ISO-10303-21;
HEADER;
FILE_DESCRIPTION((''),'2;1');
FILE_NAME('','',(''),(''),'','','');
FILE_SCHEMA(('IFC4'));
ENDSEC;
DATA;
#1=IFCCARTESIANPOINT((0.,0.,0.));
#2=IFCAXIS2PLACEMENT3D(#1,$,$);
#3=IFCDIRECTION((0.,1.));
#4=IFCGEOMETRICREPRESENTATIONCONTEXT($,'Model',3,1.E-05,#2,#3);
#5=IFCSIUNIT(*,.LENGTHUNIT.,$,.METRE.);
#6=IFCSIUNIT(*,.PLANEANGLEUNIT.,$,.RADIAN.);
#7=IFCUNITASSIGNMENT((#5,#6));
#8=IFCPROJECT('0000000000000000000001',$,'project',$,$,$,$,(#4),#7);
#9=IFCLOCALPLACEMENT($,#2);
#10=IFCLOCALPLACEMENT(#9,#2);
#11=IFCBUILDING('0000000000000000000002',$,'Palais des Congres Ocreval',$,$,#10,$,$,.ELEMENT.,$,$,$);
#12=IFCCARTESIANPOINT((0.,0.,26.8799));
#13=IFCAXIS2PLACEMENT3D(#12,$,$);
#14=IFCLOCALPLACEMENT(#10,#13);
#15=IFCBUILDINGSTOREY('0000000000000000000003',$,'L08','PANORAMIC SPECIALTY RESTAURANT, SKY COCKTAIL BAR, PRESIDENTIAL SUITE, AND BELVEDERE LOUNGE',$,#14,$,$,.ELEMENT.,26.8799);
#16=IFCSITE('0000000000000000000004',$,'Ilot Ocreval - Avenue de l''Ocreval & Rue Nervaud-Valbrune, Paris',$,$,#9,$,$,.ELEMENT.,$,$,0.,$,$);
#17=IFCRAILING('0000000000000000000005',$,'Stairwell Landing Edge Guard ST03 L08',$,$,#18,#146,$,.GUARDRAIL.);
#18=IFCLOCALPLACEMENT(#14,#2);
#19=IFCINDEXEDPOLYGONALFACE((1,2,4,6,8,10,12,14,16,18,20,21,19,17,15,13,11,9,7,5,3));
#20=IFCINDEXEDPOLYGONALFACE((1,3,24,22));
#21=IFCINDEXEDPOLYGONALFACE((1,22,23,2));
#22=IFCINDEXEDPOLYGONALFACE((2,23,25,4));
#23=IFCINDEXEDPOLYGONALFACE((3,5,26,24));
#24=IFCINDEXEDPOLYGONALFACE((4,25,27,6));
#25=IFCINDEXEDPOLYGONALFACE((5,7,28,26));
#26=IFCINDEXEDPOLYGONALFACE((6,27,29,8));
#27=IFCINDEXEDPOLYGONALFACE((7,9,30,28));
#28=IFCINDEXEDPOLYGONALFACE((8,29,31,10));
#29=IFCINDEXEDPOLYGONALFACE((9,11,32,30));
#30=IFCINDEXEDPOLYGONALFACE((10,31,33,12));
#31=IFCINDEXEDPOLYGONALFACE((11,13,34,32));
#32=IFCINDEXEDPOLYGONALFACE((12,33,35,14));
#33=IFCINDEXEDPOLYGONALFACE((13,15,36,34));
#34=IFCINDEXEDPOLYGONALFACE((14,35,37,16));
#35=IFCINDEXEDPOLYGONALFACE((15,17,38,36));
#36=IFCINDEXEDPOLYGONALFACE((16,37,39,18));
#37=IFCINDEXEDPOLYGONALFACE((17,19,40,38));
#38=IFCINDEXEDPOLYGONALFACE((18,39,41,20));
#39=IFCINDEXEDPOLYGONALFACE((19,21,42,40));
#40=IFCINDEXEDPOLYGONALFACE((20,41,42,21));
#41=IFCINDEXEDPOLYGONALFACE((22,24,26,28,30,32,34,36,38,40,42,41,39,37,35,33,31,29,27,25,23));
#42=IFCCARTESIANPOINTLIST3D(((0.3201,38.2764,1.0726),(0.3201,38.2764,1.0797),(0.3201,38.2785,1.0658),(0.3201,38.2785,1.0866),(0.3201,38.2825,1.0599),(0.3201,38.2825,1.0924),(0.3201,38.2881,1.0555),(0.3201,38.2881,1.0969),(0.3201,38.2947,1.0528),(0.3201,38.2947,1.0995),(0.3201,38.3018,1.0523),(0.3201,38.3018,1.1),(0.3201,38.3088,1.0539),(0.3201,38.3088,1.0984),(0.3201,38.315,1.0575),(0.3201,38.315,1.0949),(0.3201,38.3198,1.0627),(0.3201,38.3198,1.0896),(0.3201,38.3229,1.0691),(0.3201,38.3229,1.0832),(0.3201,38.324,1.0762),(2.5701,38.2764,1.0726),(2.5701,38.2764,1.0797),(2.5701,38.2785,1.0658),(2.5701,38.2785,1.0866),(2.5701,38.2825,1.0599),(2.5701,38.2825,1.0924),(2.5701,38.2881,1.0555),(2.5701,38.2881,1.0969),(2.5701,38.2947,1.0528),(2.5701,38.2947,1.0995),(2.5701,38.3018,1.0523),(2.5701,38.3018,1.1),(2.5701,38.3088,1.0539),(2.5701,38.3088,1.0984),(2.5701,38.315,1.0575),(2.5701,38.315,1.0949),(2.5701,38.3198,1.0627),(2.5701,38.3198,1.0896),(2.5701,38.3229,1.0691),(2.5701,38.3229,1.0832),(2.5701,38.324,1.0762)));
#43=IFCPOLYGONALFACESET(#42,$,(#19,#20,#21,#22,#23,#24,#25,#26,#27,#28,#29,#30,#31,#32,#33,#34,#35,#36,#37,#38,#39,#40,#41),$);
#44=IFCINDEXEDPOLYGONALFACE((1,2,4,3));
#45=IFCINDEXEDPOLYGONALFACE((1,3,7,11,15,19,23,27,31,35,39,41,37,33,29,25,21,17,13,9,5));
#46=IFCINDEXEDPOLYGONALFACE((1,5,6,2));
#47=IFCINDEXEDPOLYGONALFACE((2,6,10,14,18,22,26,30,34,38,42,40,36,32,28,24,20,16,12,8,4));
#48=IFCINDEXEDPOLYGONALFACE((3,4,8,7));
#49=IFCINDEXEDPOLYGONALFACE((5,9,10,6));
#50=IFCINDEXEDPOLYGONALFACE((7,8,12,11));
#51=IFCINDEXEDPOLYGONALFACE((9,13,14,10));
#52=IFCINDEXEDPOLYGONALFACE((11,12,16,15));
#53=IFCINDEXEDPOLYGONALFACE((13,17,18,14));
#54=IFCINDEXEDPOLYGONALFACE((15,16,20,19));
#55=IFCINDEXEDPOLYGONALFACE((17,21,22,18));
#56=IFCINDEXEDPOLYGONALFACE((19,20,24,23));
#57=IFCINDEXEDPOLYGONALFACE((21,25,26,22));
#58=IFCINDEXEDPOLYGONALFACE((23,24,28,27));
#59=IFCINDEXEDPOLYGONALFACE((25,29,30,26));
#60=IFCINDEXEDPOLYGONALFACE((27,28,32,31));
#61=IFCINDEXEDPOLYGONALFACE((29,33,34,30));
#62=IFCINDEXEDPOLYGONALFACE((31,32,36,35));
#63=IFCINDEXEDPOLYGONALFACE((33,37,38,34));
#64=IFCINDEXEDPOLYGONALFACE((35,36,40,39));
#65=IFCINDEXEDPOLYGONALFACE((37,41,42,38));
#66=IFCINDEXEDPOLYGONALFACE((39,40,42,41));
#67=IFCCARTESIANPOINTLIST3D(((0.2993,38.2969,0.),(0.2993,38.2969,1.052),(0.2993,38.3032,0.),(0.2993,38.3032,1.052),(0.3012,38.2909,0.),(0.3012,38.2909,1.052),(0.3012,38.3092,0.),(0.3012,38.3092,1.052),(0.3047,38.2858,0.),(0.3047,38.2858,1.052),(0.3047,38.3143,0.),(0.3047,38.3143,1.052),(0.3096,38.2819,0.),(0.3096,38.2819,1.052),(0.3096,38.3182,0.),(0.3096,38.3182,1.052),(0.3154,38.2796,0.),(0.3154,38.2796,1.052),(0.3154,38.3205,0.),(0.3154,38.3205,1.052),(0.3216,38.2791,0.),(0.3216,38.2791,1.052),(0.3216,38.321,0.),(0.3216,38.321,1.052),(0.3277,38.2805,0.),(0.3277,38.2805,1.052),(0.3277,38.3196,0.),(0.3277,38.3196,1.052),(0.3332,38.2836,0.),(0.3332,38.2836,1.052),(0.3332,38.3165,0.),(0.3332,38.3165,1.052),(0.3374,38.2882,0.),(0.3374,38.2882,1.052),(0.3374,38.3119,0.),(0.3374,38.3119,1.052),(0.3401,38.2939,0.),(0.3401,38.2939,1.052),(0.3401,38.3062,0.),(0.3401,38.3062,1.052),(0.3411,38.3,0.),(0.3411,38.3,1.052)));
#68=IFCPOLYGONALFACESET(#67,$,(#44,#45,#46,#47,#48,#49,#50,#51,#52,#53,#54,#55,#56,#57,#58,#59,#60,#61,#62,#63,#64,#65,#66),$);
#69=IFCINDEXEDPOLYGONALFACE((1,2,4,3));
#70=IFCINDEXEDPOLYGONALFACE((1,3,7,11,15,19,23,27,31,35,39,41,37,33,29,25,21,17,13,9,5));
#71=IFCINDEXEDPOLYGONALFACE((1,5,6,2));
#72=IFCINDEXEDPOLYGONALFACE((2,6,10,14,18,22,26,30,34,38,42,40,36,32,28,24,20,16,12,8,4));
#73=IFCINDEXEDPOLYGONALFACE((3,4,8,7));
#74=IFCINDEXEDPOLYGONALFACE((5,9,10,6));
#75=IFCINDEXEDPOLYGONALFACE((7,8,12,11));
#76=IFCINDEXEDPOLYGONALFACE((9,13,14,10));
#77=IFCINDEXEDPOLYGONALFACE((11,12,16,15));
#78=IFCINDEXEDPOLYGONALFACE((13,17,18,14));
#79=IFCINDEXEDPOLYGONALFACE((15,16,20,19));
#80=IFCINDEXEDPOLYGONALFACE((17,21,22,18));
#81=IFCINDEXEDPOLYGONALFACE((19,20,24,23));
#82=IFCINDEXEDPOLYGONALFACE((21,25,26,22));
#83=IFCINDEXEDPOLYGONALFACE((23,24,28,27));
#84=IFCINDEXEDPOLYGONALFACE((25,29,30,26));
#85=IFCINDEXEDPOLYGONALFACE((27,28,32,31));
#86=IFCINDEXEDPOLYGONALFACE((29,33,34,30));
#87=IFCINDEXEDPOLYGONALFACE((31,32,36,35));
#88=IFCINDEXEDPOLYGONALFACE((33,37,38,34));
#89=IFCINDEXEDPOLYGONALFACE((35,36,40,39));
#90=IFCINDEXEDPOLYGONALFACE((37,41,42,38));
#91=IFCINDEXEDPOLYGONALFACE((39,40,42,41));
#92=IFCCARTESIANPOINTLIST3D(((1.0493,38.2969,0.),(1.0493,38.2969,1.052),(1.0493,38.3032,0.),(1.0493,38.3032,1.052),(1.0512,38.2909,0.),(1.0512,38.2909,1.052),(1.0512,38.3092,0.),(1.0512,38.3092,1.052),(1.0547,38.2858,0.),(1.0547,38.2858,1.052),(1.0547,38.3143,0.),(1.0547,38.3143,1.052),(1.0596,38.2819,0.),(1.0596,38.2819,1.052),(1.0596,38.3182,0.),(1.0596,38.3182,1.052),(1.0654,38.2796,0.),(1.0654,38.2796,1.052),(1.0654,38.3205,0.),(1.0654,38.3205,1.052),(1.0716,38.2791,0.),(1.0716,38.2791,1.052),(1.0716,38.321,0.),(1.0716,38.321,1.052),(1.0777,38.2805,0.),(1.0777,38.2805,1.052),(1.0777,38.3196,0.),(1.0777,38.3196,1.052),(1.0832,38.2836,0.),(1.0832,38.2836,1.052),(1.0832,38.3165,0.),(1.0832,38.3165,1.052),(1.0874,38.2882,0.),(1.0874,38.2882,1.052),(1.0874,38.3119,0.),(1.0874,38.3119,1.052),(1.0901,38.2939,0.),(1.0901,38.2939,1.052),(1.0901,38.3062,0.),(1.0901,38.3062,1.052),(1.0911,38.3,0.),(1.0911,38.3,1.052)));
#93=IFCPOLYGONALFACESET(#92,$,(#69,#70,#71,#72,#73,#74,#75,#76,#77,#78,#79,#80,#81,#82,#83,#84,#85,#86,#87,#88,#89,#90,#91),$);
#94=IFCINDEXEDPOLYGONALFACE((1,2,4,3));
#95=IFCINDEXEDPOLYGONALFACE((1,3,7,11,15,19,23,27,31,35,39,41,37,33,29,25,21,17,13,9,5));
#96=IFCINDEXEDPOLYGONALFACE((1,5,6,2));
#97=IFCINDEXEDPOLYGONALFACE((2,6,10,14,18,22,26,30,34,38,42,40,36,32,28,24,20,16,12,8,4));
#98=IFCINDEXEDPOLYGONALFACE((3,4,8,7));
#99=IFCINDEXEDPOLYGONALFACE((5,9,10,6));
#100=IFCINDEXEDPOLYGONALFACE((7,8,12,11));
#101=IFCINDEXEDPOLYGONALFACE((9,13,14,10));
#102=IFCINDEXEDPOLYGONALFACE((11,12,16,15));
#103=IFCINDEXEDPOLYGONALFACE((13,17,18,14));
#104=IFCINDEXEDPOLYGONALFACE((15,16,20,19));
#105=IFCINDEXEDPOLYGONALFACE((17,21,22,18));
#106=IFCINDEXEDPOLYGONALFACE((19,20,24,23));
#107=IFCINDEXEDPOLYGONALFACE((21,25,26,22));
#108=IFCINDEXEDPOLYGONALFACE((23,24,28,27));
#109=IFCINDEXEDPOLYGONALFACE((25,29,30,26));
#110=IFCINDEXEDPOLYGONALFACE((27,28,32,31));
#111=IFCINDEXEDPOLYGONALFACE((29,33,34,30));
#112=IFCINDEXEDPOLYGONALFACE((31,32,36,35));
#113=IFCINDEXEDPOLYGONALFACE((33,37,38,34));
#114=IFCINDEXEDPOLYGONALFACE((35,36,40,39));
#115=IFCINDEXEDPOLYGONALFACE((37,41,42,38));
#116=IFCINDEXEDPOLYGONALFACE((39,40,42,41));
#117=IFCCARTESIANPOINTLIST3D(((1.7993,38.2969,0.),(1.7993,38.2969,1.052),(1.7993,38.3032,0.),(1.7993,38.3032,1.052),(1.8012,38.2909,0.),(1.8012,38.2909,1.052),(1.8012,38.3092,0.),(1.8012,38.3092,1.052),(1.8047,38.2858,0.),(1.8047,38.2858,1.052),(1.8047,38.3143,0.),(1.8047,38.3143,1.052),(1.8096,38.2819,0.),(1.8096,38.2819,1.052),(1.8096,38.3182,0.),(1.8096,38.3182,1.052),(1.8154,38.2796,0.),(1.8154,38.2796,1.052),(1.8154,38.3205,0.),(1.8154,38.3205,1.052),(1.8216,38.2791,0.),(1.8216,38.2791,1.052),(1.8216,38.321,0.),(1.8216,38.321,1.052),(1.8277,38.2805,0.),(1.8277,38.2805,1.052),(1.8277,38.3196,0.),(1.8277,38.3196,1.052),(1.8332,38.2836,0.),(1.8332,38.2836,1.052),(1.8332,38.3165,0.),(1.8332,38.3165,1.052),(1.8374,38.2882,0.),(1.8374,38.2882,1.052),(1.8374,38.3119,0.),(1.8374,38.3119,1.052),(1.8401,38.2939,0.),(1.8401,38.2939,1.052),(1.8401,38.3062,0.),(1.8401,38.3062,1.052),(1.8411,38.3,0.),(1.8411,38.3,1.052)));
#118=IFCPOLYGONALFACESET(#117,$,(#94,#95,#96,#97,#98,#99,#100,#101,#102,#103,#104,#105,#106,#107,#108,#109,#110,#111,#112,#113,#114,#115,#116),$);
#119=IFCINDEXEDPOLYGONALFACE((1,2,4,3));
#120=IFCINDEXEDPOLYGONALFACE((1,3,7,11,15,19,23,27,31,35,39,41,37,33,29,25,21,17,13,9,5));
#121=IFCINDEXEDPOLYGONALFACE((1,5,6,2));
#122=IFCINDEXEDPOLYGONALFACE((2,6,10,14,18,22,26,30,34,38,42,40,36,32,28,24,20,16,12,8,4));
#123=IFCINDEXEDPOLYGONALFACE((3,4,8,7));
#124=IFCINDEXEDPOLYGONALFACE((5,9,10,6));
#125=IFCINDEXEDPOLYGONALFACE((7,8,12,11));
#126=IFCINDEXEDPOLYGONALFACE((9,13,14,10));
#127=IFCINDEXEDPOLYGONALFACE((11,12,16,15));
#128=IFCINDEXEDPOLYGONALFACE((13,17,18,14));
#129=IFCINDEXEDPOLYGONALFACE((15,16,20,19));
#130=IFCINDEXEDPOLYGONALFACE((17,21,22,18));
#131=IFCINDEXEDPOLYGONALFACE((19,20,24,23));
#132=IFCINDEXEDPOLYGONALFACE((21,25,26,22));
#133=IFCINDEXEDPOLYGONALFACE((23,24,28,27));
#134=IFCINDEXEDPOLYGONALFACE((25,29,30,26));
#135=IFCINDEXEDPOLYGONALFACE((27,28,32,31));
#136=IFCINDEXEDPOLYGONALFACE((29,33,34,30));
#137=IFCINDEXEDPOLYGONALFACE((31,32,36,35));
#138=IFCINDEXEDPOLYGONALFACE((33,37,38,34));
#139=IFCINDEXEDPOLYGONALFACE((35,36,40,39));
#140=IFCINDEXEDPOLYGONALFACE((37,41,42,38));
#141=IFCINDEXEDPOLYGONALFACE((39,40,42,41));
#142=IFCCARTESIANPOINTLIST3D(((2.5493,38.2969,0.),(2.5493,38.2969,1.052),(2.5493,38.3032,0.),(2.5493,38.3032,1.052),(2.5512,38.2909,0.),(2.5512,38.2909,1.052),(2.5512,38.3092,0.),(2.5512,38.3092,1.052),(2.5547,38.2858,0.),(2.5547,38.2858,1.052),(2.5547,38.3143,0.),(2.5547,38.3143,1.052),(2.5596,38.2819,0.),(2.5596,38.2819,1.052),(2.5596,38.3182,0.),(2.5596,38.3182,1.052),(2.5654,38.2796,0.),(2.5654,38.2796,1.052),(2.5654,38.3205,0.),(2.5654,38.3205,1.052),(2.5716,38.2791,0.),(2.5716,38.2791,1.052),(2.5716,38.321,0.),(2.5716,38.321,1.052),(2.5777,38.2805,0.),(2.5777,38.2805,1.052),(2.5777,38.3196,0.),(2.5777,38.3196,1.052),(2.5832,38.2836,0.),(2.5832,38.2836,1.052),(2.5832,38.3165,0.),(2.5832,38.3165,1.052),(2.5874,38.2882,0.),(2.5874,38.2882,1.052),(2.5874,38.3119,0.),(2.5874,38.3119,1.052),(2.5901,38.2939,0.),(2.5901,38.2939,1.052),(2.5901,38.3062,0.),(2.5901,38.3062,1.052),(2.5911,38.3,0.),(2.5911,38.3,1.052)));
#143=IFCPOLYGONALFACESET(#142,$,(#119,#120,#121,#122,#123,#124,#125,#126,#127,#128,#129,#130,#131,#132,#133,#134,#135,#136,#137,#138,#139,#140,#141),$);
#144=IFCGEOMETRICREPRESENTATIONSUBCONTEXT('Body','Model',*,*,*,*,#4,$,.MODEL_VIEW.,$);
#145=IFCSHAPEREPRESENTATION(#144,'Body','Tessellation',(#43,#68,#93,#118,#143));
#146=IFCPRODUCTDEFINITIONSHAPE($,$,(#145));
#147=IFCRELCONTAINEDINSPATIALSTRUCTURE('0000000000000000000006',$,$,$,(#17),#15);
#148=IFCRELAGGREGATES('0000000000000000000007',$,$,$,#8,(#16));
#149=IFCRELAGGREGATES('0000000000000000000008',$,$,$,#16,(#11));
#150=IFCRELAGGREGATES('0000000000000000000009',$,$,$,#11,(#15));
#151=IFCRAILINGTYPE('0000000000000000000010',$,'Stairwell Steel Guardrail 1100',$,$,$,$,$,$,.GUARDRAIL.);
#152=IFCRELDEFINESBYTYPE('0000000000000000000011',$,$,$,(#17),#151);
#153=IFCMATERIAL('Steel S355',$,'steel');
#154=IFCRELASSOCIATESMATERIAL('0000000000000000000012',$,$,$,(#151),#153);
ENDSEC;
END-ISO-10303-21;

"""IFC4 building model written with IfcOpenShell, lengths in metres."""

from ifc_helpers import new_model, si_unit, direction, frame, origin, origin_2d, place, context, subcontext, project, spatial, circle, extrude, material, type_object, element, save


model = new_model("IFC4")

# Units and contexts
model_context = context("Model", 3, precision=1e-05, world=origin(), true_north=direction((0.0, 1.0)))
body_context = subcontext(model_context, "Body", "Model", "MODEL_VIEW")
ifc_project = project(units=[si_unit("LENGTHUNIT", "METRE"), si_unit("PLANEANGLEUNIT", "RADIAN")], contexts=[model_context])

# Site, building, storey
site_placement = place(None, origin())
site = spatial("IfcSite", under=ifc_project, at=site_placement, Name="Ilot Ocreval - Avenue de l'Ocreval & Rue Nervaud-Valbrune, Paris", CompositionType="ELEMENT", RefElevation=0.0)
building_placement = place(site_placement, origin())
building = spatial("IfcBuilding", under=site, at=building_placement, Name="Palais des Congres Ocreval", CompositionType="ELEMENT")
storey_placement = place(building_placement, frame((0.0, 0.0, 26.8799)))
storey = spatial("IfcBuildingStorey", under=building, at=storey_placement, Name="L08", Description="PANORAMIC SPECIALTY RESTAURANT, SKY COCKTAIL BAR, PRESIDENTIAL SUITE, AND BELVEDERE LOUNGE", CompositionType="ELEMENT", Elevation=26.8799)

# Shared definitions
ifc_material_1 = material(Name="Steel S355", Category="steel")

# Railing
railing_type_1 = type_object("IfcRailingType", Name="Stairwell Steel Guardrail 1100", PredefinedType="GUARDRAIL", material=ifc_material_1)
railing_1_placement = place(storey_placement, frame((0.3201, 38.3, 0.0)))
element("IfcRailing", 1, at=railing_1_placement, inside=storey, type_object=railing_type_1, Name="Stairwell Landing Edge Guard ST03 L08", PredefinedType="GUARDRAIL", context=body_context, shape_type="SweptSolid", body=[
    extrude(circle(Radius=0.0239, at=origin_2d()), frame((0.0, 0.0, 1.0762), z_axis=(1.0, 0.0, 0.0), x_axis=(0.0, 1.0, 0.0)), (0.0, 0.0, 1.0), 2.25),
    extrude(circle(Radius=0.021, at=origin_2d()), origin(), (0.0, 0.0, 1.0), 1.052),
    extrude(circle(Radius=0.021, at=origin_2d()), frame((0.75, 0.0, 0.0)), (0.0, 0.0, 1.0), 1.052),
    extrude(circle(Radius=0.021, at=origin_2d()), frame((1.5, 0.0, 0.0)), (0.0, 0.0, 1.0), 1.052),
    extrude(circle(Radius=0.021, at=origin_2d()), frame((2.25, 0.0, 0.0)), (0.0, 0.0, 1.0), 1.052),
])

save(model, "model.ifc")
